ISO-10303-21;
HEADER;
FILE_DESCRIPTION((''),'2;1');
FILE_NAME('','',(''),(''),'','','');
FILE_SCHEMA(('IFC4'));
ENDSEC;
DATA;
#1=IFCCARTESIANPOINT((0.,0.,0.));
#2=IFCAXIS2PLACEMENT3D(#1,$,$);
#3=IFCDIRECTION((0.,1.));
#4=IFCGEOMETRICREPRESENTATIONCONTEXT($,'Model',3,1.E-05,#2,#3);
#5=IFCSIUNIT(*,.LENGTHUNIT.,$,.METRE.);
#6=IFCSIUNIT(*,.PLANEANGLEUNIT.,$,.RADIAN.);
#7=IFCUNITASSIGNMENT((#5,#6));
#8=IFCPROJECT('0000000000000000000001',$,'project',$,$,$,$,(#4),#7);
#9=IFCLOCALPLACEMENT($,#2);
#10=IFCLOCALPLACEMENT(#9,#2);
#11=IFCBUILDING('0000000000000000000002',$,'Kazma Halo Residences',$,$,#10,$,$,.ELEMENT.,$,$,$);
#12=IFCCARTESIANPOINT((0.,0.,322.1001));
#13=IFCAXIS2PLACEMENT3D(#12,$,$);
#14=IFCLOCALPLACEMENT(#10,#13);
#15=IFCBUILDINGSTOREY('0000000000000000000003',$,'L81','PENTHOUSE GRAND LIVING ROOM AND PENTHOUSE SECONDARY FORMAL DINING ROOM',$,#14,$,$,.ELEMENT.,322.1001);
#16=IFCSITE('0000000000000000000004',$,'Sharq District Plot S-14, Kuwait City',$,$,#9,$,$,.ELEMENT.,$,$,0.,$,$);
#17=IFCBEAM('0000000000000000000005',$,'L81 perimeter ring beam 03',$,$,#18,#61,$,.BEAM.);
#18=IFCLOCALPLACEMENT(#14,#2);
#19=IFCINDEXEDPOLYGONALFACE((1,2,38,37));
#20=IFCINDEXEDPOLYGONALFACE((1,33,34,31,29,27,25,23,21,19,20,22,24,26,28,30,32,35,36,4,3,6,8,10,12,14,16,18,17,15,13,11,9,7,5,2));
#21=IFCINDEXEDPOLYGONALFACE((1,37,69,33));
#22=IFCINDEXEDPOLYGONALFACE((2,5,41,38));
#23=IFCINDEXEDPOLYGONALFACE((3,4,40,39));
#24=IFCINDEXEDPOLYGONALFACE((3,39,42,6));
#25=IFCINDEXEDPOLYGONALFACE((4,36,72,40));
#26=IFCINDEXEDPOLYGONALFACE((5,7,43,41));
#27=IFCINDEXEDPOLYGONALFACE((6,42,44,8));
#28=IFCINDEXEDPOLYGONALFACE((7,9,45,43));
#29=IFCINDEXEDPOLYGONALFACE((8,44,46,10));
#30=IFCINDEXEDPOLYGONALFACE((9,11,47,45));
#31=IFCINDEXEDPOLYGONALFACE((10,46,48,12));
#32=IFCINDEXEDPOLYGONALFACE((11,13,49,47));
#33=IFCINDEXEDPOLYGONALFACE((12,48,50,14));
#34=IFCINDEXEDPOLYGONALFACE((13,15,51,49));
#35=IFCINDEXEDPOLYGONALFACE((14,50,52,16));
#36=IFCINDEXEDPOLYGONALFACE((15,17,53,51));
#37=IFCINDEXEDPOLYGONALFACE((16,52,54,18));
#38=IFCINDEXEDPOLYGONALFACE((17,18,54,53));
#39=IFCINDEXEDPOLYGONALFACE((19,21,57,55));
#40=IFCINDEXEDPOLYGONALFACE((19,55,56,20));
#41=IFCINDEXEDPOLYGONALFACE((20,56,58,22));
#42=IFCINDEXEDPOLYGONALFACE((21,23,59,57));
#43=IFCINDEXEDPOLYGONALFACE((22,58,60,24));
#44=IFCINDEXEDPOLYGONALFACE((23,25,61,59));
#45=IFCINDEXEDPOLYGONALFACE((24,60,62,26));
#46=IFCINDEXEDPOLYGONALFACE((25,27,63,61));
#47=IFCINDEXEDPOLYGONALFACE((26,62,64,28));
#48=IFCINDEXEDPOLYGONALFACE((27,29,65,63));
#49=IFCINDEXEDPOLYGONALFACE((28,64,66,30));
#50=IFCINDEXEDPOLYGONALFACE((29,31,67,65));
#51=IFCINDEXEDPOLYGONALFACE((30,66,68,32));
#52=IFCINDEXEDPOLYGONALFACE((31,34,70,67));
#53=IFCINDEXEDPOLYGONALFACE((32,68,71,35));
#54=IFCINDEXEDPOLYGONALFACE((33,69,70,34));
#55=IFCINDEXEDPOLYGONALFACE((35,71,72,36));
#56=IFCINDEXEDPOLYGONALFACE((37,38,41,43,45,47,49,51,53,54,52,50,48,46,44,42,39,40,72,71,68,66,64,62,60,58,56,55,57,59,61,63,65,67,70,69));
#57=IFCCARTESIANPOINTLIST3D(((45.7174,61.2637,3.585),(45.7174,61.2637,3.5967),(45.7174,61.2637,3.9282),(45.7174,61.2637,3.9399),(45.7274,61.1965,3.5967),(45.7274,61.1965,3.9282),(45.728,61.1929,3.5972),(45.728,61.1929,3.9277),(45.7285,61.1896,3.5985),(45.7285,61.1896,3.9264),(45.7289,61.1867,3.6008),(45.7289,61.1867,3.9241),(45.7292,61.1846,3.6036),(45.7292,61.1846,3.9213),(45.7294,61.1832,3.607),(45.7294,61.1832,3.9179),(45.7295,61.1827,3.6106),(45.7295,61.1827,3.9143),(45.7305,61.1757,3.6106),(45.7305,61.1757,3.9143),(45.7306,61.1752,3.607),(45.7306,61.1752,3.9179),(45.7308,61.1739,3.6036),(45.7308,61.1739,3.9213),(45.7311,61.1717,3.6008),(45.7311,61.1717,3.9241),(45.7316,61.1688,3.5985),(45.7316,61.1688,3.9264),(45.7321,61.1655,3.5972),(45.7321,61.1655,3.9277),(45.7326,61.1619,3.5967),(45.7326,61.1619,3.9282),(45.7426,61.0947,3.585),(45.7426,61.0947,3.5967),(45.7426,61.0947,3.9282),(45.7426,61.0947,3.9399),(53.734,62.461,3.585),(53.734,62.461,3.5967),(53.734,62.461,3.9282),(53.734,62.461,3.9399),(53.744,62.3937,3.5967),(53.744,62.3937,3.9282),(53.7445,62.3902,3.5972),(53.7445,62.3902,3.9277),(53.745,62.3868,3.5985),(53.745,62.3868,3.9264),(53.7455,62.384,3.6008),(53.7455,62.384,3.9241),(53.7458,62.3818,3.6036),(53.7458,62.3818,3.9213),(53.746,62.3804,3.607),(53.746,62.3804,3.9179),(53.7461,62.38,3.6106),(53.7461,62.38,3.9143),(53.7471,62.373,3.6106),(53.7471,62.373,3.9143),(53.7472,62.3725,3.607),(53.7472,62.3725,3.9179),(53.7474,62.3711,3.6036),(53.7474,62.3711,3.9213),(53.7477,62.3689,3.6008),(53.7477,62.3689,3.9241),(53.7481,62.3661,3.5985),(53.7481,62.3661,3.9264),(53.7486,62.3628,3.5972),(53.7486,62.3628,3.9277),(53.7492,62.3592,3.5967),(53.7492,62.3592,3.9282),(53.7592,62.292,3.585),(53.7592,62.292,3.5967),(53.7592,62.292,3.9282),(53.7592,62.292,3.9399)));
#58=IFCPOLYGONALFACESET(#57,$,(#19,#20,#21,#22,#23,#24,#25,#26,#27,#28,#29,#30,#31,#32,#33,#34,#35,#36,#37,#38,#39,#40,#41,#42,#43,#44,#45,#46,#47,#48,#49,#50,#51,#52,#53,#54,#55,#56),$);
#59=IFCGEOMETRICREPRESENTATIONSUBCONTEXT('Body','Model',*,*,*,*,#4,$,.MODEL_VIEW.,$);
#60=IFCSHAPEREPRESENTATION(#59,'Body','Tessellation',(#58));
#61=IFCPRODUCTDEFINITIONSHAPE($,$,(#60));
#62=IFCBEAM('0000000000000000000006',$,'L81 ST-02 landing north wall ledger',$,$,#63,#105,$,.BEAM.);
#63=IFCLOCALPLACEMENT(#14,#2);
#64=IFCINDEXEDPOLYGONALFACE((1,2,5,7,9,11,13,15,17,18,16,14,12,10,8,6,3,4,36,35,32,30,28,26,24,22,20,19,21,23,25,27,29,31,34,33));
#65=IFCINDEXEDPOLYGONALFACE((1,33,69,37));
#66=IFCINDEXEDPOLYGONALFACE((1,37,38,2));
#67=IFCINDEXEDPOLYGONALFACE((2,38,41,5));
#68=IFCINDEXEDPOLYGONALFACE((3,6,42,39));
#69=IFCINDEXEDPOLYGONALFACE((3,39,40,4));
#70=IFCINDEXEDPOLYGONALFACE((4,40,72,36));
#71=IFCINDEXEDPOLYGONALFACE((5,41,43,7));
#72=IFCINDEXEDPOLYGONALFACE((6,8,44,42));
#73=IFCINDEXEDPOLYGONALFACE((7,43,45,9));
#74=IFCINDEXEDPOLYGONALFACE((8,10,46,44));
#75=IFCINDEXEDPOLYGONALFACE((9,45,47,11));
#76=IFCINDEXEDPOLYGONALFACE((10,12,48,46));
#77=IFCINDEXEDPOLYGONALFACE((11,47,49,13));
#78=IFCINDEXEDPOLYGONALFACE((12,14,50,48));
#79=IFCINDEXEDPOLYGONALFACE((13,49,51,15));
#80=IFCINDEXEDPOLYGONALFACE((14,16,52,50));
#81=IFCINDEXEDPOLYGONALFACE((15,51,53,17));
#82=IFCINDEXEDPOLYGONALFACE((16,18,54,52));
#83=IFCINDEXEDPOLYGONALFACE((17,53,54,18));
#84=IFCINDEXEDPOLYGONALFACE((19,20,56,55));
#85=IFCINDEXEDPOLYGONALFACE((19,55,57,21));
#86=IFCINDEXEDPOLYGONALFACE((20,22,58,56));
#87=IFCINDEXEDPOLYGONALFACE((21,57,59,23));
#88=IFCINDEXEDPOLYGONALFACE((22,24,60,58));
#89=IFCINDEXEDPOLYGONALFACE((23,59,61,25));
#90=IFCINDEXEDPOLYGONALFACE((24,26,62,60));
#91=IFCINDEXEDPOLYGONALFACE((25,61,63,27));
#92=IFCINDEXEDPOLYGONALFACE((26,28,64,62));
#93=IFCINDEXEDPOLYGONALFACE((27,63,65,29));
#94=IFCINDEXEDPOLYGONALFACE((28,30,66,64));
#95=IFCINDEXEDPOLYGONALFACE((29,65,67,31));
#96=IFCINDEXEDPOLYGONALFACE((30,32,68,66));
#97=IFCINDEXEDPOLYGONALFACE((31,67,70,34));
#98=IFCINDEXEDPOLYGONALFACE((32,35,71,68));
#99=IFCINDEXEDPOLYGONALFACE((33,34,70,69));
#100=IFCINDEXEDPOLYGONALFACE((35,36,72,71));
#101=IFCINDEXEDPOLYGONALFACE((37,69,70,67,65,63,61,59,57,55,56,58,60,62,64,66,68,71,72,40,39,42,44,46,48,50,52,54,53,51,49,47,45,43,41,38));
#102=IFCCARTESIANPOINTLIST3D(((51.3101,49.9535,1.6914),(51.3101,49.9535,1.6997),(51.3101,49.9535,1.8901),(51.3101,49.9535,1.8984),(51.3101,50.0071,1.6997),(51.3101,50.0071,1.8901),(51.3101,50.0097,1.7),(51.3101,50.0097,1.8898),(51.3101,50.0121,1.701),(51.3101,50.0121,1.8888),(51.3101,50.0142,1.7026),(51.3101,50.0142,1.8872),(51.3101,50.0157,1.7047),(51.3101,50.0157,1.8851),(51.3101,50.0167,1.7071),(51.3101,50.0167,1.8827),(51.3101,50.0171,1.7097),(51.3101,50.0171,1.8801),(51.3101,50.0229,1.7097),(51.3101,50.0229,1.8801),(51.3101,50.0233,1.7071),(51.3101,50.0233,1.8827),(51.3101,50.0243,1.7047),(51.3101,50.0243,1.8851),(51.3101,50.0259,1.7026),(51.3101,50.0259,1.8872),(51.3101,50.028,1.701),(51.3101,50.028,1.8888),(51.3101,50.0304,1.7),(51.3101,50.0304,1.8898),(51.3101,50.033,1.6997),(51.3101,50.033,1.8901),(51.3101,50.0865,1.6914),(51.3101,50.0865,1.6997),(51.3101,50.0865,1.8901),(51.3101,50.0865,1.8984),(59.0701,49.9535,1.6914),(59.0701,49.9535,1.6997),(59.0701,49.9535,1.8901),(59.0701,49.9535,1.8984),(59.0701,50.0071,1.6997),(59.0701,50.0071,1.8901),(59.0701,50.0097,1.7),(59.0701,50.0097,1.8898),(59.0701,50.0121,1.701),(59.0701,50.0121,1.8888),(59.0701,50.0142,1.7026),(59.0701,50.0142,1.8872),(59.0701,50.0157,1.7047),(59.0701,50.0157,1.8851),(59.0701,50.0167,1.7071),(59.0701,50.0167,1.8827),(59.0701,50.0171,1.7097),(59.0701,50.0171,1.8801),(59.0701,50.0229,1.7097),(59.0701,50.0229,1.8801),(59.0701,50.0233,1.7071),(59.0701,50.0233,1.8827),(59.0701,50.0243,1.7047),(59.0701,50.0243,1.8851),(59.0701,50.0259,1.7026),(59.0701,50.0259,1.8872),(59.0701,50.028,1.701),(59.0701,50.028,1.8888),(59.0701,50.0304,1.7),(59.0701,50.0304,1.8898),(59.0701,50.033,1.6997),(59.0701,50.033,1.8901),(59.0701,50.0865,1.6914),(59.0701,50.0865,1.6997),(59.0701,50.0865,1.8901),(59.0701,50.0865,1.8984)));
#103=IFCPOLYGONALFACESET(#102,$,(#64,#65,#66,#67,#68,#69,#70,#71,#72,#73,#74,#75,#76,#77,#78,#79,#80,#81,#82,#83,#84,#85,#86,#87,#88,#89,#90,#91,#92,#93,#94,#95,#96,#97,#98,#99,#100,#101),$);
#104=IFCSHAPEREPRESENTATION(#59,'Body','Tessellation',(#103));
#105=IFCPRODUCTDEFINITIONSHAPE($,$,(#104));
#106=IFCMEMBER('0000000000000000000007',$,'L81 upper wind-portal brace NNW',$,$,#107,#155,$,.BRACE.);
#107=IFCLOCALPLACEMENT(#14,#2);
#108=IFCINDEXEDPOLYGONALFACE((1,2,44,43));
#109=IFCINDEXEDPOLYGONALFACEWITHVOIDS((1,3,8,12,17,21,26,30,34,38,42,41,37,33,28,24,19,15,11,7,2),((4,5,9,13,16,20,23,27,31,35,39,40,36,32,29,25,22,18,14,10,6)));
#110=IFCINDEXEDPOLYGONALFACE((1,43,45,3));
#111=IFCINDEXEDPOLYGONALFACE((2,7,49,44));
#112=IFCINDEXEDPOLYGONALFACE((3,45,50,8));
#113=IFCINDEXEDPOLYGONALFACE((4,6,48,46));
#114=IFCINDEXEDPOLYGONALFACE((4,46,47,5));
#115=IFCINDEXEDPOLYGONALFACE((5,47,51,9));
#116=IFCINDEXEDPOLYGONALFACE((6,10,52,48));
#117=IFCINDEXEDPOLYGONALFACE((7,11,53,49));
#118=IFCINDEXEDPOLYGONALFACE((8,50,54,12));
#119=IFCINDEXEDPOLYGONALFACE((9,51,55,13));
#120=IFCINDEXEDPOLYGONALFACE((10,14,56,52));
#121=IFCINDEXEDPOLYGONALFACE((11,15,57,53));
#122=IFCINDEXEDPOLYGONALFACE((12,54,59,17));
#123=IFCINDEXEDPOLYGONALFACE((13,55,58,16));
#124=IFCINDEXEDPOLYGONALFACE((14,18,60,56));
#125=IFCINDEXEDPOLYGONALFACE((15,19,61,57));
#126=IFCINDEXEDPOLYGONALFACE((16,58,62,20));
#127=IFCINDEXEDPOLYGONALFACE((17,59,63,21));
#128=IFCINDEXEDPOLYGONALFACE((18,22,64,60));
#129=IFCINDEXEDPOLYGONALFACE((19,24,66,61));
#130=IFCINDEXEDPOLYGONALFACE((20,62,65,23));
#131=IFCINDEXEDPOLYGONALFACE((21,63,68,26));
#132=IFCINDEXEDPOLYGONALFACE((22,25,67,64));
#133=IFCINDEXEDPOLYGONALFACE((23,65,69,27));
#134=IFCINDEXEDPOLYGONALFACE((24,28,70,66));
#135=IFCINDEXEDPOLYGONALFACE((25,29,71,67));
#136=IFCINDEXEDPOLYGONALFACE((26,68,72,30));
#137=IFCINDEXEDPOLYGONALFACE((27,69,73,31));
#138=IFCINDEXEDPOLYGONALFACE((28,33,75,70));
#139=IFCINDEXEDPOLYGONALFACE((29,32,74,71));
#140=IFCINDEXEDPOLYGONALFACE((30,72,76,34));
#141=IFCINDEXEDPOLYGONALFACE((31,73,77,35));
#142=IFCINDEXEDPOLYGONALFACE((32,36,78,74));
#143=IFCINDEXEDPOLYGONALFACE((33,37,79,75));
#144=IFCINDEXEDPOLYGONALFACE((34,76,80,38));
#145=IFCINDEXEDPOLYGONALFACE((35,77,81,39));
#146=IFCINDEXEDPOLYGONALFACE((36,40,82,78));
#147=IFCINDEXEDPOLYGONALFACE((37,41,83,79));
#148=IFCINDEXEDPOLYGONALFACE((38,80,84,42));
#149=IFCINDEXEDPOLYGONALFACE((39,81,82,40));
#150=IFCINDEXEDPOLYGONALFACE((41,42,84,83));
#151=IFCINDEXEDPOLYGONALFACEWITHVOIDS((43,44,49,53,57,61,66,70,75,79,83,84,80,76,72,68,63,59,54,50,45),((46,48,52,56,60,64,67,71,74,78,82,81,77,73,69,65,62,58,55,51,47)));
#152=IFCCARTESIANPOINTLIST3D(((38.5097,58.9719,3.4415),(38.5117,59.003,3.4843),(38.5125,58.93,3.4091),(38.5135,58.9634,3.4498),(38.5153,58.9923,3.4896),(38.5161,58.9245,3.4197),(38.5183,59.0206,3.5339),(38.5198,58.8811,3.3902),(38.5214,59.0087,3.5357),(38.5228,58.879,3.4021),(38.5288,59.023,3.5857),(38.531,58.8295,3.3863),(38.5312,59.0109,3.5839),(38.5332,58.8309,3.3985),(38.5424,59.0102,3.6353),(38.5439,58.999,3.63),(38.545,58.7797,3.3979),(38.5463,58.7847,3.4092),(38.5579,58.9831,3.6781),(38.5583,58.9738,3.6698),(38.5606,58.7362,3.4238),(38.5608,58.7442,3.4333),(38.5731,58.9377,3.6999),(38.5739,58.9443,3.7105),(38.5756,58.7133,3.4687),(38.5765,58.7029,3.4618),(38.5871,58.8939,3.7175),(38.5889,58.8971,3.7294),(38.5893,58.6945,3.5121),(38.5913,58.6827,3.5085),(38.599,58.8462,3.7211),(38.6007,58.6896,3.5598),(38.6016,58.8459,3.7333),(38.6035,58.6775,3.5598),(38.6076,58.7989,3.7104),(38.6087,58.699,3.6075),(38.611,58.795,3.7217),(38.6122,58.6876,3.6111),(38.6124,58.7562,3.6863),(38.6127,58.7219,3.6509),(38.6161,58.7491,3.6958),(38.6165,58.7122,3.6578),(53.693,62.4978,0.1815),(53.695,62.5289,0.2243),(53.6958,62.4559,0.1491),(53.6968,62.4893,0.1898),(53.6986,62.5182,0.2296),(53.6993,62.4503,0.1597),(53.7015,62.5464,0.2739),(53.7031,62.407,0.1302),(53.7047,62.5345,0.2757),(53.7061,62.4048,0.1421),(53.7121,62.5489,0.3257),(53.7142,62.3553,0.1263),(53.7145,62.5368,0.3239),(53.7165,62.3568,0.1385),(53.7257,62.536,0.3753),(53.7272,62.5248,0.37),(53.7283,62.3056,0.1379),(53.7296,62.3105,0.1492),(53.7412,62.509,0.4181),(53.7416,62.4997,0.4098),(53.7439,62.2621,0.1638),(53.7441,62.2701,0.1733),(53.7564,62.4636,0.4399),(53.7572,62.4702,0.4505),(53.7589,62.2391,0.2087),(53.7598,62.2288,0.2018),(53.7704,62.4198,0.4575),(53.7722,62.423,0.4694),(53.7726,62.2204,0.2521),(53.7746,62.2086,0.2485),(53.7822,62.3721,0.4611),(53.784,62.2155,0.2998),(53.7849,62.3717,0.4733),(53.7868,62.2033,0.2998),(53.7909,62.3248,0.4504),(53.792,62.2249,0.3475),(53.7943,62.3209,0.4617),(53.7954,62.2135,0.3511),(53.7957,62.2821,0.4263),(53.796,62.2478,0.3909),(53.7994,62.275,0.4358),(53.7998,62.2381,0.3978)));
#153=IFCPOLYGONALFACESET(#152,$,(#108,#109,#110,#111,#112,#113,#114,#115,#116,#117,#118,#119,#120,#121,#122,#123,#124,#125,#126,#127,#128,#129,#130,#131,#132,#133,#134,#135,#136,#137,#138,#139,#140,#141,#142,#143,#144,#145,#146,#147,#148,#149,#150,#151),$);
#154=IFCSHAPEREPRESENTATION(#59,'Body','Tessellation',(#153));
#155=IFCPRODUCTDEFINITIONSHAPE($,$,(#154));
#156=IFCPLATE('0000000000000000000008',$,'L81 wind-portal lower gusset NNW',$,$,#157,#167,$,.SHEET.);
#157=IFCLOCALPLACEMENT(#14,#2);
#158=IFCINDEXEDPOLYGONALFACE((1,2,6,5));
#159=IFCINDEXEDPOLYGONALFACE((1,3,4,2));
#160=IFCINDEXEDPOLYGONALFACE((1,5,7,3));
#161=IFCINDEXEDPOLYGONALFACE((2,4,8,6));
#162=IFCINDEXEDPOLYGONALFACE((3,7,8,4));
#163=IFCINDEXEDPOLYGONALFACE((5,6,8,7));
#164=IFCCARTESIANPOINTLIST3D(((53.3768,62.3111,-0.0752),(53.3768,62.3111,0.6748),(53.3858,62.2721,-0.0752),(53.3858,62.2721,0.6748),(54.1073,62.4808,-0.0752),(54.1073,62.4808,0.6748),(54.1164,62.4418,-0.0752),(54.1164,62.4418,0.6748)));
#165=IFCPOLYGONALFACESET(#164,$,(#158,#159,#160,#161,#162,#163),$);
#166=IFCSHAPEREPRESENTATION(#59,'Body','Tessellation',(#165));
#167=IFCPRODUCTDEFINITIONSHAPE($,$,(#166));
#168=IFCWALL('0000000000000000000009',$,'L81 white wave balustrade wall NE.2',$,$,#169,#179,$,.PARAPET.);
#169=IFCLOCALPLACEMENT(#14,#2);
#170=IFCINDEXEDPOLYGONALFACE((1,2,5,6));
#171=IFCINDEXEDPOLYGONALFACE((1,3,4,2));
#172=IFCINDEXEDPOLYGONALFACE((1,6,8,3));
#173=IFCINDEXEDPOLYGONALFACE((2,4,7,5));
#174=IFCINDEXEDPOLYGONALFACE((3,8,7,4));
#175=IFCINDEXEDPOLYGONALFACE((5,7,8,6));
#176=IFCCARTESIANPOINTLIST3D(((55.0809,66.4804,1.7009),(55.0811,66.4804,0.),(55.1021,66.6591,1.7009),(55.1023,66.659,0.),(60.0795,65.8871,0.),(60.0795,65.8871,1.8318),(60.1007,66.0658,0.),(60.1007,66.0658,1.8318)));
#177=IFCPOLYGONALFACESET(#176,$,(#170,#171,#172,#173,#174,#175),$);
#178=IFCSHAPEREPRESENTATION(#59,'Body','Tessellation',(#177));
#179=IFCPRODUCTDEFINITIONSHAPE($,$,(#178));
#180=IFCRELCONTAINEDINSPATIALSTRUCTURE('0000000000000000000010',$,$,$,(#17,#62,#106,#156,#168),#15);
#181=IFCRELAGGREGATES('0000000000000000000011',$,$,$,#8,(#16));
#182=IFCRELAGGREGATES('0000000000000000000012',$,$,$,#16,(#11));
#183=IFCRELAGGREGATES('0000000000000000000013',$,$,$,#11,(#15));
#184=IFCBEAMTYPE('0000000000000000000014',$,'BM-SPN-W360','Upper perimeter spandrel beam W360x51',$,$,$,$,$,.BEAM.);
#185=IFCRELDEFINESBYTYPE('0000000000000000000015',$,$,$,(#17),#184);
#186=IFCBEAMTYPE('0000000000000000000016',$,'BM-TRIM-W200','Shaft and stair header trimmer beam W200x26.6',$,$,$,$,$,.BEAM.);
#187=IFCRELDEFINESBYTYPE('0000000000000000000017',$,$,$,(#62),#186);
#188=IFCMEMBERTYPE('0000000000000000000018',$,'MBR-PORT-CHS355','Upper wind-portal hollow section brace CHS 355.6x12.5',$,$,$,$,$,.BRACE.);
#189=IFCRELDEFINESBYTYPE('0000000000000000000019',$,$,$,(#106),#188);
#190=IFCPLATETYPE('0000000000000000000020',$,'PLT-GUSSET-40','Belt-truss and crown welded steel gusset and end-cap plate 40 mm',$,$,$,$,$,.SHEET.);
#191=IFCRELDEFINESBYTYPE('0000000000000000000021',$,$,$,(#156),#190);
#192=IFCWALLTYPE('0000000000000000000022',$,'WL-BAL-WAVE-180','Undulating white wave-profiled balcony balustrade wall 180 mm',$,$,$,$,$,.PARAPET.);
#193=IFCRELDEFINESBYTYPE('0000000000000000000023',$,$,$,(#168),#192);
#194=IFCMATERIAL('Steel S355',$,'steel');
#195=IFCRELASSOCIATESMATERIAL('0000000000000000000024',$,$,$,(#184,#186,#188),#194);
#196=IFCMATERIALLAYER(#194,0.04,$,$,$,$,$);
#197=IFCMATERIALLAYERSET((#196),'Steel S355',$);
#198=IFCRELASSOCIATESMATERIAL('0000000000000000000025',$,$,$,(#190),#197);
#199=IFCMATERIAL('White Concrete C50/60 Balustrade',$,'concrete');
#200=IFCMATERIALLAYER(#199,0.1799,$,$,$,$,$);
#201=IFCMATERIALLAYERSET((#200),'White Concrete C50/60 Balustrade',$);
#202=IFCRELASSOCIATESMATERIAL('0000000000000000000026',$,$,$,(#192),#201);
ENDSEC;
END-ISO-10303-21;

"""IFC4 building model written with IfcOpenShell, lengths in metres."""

from ifc_helpers import new_model, si_unit, direction, frame, origin, origin_2d, place, context, subcontext, project, spatial, polyline, rectangle, hollow_circle, i_section, outline, extrude, material, layer, layer_set, material_profile, profile_set, type_object, element, save


model = new_model("IFC4")

# Units and contexts
model_context = context("Model", 3, precision=1e-05, world=origin(), true_north=direction((0.0, 1.0)))
body_context = subcontext(model_context, "Body", "Model", "MODEL_VIEW")
ifc_project = project(units=[si_unit("LENGTHUNIT", "METRE"), si_unit("PLANEANGLEUNIT", "RADIAN")], contexts=[model_context])

# Site, building, storey
site_placement = place(None, origin())
site = spatial("IfcSite", under=ifc_project, at=site_placement, Name="Sharq District Plot S-14, Kuwait City", CompositionType="ELEMENT", RefElevation=0.0)
building_placement = place(site_placement, origin())
building = spatial("IfcBuilding", under=site, at=building_placement, Name="Kazma Halo Residences", CompositionType="ELEMENT")
storey_placement = place(building_placement, frame((0.0, 0.0, 322.1001)))
storey = spatial("IfcBuildingStorey", under=building, at=storey_placement, Name="L81", Description="PENTHOUSE GRAND LIVING ROOM AND PENTHOUSE SECONDARY FORMAL DINING ROOM", CompositionType="ELEMENT", Elevation=322.1001)

# Beams
ifc_material_1 = material(Name="Steel S355", Category="steel")
ifc_material_profile_1 = material_profile(ifc_material_1, i_section(OverallWidth=0.1709, OverallDepth=0.355, WebThickness=0.0071, FlangeThickness=0.0117, FilletRadius=0.0139, at=origin_2d()), Name="W360x51")
ifc_profile_set_1 = profile_set([ifc_material_profile_1], Name="Steel S355")
beam_type_1 = type_object("IfcBeamType", Name="BM-SPN-W360", Description="Upper perimeter spandrel beam W360x51", PredefinedType="BEAM", material=ifc_profile_set_1)
beam_1_placement = place(storey_placement, frame((53.7466, 62.3765, 3.7625), z_axis=(-0.989031, -0.14771, 0.0), x_axis=(0.14771, -0.989031, 0.0)))
element("IfcBeam", 1, at=beam_1_placement, inside=storey, type_object=beam_type_1, Name="L81 perimeter ring beam 03", PredefinedType="BEAM", context=body_context, shape_type="SweptSolid", body=[
    extrude(i_section(OverallWidth=0.1709, OverallDepth=0.355, WebThickness=0.0071, FlangeThickness=0.0117, FilletRadius=0.0139, at=origin_2d()), origin(), (0.0, 0.0, 1.0), 8.1055),
])
ifc_material_profile_2 = material_profile(ifc_material_1, i_section(OverallWidth=0.1331, OverallDepth=0.207, WebThickness=0.0059, FlangeThickness=0.0083, FilletRadius=0.01, at=origin_2d()), Name="W200x26.6")
ifc_profile_set_2 = profile_set([ifc_material_profile_2], Name="Steel S355")
beam_type_2 = type_object("IfcBeamType", Name="BM-TRIM-W200", Description="Shaft and stair header trimmer beam W200x26.6", PredefinedType="BEAM", material=ifc_profile_set_2)
beam_2_placement = place(storey_placement, frame((51.3101, 50.02, 1.7949), z_axis=(1.0, 0.0, 0.0), x_axis=(0.0, 1.0, 0.0)))
element("IfcBeam", 2, at=beam_2_placement, inside=storey, type_object=beam_type_2, Name="L81 ST-02 landing north wall ledger", PredefinedType="BEAM", context=body_context, shape_type="SweptSolid", body=[
    extrude(i_section(OverallWidth=0.1331, OverallDepth=0.207, WebThickness=0.0059, FlangeThickness=0.0083, FilletRadius=0.01, at=origin_2d()), origin(), (0.0, 0.0, 1.0), 7.76),
])

# Member
ifc_material_profile_3 = material_profile(ifc_material_1, hollow_circle(Radius=0.1777, WallThickness=0.0125, at=origin_2d()), Name="CHS355.6x12.5")
ifc_profile_set_3 = profile_set([ifc_material_profile_3], Name="Steel S355")
member_type = type_object("IfcMemberType", Name="MBR-PORT-CHS355", Description="Upper wind-portal hollow section brace CHS 355.6x12.5", PredefinedType="BRACE", material=ifc_profile_set_3)
member_placement = place(storey_placement, frame((53.7466, 62.3765, 0.2998), z_axis=(-0.953451, -0.221411, 0.204715), x_axis=(0.226201, -0.974081, 0.0)))
element("IfcMember", 3, at=member_placement, inside=storey, type_object=member_type, Name="L81 upper wind-portal brace NNW", PredefinedType="BRACE", context=body_context, shape_type="SweptSolid", body=[
    extrude(hollow_circle(Radius=0.1777, WallThickness=0.0125, at=origin_2d()), origin(), (0.0, 0.0, 1.0), 15.9246),
])

# Plate
ifc_layer_1 = layer(ifc_material_1, 0.04)
ifc_layer_set_1 = layer_set([ifc_layer_1], Name="Steel S355")
plate_type = type_object("IfcPlateType", Name="PLT-GUSSET-40", Description="Belt-truss and crown welded steel gusset and end-cap plate 40 mm", PredefinedType="SHEET", material=ifc_layer_set_1)
plate_placement = place(storey_placement, frame((53.7466, 62.3765, -0.0752), z_axis=(0.0, 0.0, 1.0), x_axis=(-0.974084, -0.226188, 0.0)))
element("IfcPlate", 4, at=plate_placement, inside=storey, type_object=plate_type, Name="L81 wind-portal lower gusset NNW", PredefinedType="SHEET", context=body_context, shape_type="SweptSolid", body=[
    extrude(rectangle(XDim=0.75, YDim=0.04, at=origin_2d()), origin(), (0.0, 0.0, 1.0), 0.75),
])

# Wall
ifc_material_2 = material(Name="White Concrete C50/60 Balustrade", Category="concrete")
ifc_layer_2 = layer(ifc_material_2, 0.1799)
ifc_layer_set_2 = layer_set([ifc_layer_2], Name="White Concrete C50/60 Balustrade")
wall_type_1 = type_object("IfcWallType", Name="WL-BAL-WAVE-180", Description="Undulating white wave-profiled balcony balustrade wall 180 mm", PredefinedType="PARAPET", material=ifc_layer_set_2)
wall_1_placement = place(storey_placement, frame((60.0901, 65.9763, 0.0), z_axis=(0.0, 0.0, 1.0), x_axis=(-0.99303, 0.117866, 0.0)))
element("IfcWall", 5, at=wall_1_placement, inside=storey, type_object=wall_type_1, Name="L81 white wave balustrade wall NE.2", PredefinedType="PARAPET", context=body_context, shape_type="SweptSolid", body=[
    extrude(outline(polyline([(0.0, 0.0), (5.0334, 0.0), (5.0337, 1.7009), (0.0, 1.8318), (0.0, 0.0)])), frame((0.0, 0.0898, 0.0), z_axis=(0.0, -1.0, 0.0), x_axis=(1.0, 0.0, 0.0)), (0.0, 0.0, 1.0), 0.1799),
])

save(model, "model.ifc")
